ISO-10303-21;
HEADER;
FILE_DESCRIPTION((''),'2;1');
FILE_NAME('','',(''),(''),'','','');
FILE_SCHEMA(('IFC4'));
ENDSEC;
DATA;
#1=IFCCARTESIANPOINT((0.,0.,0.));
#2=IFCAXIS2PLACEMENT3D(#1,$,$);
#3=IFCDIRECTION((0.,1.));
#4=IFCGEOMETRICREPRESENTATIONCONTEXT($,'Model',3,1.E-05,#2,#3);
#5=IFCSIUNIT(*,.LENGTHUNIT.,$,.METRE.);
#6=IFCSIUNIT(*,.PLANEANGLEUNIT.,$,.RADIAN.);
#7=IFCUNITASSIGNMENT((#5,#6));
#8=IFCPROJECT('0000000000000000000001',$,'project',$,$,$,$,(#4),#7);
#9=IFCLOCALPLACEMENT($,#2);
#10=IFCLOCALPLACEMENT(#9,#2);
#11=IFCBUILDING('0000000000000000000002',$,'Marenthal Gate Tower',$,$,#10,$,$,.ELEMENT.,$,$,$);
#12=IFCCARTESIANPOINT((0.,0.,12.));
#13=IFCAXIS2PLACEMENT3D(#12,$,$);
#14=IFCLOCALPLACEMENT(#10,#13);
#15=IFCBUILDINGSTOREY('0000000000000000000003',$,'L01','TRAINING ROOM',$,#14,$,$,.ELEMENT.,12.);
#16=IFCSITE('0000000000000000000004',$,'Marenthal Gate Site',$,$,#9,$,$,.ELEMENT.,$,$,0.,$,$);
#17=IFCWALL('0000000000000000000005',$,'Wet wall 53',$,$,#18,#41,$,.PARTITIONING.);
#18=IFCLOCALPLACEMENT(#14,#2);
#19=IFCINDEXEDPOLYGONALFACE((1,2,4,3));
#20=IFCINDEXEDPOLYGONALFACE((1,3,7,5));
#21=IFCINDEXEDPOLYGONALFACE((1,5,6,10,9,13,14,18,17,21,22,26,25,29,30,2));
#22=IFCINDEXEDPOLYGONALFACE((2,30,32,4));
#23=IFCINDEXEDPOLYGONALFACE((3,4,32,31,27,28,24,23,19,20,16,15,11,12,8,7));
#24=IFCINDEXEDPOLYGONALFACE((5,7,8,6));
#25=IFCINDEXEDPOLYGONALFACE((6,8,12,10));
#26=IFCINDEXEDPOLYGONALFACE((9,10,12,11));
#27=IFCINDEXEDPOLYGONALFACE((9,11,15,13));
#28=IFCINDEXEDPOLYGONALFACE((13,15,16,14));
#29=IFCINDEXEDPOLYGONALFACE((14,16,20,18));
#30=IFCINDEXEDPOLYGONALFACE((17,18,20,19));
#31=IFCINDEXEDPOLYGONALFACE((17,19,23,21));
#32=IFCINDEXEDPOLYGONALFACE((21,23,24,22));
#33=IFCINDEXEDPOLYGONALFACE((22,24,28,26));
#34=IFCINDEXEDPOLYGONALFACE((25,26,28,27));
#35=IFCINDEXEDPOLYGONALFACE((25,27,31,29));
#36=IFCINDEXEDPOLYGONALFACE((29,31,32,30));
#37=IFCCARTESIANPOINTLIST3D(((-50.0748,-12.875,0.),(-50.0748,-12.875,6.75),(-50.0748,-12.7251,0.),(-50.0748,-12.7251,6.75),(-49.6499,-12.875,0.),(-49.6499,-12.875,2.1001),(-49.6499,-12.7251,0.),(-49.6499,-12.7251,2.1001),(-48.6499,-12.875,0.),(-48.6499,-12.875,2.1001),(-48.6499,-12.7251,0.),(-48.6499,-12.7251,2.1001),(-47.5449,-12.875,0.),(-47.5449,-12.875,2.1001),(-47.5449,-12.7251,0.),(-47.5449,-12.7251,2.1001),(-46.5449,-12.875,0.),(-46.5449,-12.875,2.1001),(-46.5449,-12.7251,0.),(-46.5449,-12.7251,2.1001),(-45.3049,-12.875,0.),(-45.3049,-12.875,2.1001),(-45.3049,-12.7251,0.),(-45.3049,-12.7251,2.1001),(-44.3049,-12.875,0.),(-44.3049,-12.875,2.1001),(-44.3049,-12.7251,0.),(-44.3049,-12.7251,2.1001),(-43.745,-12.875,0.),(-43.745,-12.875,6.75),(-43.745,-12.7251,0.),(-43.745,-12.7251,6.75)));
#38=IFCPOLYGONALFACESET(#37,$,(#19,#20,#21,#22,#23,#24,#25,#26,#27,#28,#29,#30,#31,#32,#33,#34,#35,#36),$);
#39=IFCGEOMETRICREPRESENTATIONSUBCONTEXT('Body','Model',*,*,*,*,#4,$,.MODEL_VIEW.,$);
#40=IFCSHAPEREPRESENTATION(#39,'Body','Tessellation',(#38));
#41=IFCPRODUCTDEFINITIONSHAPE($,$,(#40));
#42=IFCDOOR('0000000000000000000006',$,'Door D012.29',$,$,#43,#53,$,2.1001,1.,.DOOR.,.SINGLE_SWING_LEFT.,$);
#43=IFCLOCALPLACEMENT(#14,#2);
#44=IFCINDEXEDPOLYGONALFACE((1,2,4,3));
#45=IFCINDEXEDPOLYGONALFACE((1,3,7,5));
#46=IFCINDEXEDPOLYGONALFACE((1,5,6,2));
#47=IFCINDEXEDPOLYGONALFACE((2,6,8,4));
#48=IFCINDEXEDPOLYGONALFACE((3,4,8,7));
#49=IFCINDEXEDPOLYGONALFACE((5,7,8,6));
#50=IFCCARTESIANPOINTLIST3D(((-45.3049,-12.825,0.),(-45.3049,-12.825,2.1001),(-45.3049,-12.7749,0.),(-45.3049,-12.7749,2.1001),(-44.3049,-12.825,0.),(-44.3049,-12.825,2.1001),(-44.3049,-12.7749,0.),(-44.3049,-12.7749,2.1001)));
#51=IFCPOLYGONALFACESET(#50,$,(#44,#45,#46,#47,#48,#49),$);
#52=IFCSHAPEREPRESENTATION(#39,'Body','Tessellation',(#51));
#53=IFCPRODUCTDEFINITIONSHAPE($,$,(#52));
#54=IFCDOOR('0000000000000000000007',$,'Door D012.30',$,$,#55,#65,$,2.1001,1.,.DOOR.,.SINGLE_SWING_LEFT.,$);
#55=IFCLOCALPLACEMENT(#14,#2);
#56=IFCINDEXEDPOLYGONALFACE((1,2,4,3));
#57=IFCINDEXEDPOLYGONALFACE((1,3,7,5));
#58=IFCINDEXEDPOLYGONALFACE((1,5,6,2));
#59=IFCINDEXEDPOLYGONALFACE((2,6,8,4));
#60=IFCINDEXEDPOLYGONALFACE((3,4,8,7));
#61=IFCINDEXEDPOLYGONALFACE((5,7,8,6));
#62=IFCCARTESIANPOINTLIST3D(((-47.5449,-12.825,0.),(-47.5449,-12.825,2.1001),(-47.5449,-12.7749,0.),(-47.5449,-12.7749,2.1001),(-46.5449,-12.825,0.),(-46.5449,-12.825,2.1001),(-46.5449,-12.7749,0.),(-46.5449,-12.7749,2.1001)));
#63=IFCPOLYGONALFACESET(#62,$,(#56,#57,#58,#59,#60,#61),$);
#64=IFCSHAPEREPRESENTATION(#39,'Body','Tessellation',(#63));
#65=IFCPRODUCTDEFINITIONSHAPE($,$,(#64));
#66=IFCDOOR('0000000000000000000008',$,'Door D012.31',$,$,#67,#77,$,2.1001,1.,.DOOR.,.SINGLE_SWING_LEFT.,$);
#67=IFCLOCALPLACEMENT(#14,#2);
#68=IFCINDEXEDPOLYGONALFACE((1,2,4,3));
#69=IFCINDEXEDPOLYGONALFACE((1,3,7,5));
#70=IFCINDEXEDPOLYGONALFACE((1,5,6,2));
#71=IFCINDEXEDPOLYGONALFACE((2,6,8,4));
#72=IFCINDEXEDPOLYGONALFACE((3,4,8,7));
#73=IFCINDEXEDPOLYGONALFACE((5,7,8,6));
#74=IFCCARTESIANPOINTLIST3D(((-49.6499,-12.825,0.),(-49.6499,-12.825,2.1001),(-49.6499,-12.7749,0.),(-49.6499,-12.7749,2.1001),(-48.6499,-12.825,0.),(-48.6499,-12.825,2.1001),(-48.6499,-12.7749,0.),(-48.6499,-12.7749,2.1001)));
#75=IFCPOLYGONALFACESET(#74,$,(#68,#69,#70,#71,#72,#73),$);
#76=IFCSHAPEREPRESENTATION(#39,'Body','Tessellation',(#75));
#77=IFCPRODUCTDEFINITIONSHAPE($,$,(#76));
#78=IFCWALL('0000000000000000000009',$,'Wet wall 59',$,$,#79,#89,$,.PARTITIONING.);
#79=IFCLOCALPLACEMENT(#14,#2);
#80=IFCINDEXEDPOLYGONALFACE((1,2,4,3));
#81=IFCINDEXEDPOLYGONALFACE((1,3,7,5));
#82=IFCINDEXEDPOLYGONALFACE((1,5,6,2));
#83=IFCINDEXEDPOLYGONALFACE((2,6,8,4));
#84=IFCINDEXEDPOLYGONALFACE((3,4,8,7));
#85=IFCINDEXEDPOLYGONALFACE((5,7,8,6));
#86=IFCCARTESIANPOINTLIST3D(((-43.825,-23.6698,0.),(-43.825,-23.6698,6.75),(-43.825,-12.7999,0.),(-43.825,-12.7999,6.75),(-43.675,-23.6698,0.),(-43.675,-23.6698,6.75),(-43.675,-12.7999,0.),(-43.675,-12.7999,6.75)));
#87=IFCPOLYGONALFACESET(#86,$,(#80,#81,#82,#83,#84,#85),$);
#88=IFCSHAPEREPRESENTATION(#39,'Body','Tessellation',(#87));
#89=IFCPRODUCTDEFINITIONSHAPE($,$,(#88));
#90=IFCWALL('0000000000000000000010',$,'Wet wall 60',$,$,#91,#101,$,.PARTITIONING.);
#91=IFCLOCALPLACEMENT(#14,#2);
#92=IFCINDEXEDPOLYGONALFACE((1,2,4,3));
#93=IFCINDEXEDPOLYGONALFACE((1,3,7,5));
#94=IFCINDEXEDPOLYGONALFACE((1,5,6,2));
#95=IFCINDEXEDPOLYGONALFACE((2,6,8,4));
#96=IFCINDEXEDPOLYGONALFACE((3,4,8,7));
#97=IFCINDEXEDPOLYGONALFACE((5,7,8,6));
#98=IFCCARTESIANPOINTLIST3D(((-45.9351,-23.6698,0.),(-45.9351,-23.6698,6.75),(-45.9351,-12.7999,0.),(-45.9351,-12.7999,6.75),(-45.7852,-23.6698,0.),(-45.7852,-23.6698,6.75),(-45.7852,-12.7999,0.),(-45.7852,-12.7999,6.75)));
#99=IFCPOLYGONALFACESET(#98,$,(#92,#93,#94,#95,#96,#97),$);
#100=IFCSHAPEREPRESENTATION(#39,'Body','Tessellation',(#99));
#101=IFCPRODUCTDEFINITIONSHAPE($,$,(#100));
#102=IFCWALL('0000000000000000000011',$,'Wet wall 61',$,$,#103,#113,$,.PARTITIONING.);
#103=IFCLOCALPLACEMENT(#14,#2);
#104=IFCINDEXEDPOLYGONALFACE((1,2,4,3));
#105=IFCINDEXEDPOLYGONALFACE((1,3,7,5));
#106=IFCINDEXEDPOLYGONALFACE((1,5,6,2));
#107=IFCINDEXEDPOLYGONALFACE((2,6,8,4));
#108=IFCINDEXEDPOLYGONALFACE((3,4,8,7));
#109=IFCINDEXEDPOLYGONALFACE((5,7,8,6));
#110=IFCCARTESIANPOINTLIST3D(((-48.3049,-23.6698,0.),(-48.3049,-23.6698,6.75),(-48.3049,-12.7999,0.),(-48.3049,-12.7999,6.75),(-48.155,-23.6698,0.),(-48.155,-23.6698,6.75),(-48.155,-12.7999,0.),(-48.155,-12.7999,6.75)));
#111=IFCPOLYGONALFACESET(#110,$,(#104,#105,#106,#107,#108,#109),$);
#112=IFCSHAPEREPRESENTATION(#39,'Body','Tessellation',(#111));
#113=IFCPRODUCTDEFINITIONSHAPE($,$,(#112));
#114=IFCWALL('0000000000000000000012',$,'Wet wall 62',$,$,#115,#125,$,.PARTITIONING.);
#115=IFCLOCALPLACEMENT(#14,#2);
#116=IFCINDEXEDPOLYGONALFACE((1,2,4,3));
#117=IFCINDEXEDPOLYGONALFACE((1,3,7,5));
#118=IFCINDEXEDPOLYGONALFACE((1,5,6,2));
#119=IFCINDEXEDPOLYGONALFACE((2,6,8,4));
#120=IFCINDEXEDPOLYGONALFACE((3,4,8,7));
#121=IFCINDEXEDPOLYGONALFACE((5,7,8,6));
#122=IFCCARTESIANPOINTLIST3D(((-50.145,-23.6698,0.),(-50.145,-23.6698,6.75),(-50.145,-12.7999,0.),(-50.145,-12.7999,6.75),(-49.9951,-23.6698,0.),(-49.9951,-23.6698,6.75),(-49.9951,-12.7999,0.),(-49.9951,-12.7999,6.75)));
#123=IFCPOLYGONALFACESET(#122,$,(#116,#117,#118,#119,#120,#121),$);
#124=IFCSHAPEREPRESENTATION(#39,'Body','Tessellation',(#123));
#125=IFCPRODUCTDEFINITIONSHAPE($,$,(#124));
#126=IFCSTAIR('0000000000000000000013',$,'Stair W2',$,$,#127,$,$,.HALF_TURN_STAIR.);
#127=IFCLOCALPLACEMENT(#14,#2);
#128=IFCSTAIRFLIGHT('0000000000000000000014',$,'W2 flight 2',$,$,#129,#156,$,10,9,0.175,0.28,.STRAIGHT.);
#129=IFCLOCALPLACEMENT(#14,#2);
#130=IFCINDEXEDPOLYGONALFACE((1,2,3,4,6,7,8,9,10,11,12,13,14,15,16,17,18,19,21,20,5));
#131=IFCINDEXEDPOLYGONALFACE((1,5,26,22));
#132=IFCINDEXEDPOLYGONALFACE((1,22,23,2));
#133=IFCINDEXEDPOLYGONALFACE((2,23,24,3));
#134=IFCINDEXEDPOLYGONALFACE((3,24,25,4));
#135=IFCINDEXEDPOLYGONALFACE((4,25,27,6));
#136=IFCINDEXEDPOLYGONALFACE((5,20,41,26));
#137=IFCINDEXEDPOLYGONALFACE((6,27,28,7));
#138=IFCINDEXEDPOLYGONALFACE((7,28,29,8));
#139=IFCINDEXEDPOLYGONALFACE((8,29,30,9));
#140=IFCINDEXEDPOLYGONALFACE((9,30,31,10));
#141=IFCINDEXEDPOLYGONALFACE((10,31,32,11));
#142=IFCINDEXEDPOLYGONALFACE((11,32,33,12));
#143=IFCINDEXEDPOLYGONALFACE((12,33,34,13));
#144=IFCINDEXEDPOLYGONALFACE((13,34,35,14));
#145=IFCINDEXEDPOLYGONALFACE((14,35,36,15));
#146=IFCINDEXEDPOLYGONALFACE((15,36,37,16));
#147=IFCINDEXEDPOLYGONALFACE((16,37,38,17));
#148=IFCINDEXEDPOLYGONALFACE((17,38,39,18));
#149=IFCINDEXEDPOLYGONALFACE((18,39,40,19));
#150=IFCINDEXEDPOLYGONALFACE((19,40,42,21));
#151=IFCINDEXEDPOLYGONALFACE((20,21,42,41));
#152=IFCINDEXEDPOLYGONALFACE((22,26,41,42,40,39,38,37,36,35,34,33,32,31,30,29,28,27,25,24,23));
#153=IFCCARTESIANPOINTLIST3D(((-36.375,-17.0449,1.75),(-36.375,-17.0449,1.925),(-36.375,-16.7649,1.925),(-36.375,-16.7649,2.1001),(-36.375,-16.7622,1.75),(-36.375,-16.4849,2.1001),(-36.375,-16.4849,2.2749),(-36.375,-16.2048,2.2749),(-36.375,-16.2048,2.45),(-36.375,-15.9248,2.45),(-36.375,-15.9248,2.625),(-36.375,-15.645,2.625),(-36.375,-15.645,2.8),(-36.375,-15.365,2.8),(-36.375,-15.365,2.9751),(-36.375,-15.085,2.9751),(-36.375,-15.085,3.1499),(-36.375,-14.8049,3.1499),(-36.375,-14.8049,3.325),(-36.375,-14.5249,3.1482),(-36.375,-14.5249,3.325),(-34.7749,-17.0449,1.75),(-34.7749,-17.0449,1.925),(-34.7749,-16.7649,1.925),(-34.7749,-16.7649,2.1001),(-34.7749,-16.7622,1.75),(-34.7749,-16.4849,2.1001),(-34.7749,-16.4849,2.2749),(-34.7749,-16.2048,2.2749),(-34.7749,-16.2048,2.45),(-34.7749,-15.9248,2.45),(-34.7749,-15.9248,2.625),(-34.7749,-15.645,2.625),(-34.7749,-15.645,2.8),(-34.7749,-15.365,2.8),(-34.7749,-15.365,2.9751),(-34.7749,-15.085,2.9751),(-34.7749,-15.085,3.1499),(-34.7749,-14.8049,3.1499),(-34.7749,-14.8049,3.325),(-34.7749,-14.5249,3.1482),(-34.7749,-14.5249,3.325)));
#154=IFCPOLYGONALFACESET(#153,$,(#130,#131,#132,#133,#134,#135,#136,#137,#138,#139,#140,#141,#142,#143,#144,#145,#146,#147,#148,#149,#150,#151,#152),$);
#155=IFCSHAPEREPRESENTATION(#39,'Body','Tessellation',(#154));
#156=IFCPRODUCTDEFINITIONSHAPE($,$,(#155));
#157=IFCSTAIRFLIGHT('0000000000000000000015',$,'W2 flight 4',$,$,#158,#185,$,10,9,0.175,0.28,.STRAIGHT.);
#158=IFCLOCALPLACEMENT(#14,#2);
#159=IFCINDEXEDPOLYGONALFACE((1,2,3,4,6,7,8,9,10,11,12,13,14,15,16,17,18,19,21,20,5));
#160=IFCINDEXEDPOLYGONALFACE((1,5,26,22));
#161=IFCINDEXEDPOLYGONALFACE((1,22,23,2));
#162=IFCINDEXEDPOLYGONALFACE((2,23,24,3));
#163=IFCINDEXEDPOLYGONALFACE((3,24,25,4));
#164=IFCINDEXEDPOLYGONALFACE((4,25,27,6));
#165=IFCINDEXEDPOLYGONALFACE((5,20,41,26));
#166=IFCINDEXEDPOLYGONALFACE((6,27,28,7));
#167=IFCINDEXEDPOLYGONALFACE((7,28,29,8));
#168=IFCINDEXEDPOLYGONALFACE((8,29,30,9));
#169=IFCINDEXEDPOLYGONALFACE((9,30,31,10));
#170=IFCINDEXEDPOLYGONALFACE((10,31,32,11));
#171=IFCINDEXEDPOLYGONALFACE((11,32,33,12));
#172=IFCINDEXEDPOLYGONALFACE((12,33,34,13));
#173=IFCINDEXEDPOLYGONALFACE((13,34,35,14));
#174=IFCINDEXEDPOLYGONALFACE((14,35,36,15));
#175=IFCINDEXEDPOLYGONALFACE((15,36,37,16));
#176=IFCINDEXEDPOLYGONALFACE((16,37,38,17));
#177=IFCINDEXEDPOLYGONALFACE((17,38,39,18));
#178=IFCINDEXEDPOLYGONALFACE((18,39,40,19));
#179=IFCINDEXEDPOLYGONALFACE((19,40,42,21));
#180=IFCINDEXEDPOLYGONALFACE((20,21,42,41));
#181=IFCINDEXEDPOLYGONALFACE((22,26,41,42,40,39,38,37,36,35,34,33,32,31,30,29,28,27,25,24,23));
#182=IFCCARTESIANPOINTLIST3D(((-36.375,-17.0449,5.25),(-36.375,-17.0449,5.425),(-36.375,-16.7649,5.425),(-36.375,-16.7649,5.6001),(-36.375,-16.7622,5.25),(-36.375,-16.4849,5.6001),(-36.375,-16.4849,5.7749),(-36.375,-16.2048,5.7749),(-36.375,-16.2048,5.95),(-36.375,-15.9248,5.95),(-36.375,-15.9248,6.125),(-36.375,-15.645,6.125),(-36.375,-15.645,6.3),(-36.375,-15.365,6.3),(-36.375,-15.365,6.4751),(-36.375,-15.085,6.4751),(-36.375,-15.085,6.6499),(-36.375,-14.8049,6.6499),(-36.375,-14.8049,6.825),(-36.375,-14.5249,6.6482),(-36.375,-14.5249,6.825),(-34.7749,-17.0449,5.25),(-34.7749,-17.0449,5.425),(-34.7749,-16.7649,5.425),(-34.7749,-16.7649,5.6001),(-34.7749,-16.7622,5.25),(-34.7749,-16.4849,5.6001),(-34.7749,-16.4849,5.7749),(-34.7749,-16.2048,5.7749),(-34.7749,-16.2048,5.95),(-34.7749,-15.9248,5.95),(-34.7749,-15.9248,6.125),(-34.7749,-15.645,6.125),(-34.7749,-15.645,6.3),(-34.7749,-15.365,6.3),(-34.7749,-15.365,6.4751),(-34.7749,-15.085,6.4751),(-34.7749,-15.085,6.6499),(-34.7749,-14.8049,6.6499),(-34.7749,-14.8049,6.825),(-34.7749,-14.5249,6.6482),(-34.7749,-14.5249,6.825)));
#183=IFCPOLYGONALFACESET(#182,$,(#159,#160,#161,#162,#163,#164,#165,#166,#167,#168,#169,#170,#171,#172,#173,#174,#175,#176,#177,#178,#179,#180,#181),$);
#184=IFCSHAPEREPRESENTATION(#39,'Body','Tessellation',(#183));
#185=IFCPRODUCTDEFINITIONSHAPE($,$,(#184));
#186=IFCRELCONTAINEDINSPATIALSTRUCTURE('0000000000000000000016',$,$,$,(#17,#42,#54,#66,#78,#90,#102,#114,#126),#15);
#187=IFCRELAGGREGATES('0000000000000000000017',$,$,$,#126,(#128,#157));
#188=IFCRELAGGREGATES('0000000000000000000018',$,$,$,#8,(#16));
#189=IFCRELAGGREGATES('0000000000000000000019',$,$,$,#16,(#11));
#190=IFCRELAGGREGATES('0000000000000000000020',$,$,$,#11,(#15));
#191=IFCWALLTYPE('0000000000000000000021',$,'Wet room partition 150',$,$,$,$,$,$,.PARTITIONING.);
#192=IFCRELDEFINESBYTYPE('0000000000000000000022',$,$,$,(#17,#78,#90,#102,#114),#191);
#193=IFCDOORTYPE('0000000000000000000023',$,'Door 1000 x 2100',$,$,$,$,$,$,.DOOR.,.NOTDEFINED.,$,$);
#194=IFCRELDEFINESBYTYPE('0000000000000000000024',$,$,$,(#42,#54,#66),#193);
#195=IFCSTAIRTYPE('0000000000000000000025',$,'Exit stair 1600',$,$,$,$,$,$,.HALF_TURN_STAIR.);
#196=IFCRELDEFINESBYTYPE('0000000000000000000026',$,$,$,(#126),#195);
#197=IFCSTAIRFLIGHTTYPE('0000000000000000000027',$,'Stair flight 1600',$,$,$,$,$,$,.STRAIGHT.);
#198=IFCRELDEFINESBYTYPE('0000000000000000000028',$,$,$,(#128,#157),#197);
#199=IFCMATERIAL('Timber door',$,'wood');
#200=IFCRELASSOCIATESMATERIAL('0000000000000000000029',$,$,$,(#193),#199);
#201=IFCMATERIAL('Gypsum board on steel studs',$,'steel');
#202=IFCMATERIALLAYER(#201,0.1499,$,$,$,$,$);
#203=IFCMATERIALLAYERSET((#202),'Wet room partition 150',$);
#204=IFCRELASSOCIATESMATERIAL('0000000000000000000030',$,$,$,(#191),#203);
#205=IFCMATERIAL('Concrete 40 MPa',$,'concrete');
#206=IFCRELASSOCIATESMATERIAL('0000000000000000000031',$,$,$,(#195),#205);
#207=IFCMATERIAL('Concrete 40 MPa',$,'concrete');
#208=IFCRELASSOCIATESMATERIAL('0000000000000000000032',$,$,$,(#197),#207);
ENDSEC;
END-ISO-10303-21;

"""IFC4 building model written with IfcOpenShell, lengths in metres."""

from ifc_helpers import new_model, si_unit, direction, frame, frame_2d, origin, place, context, subcontext, project, spatial, polyline, rectangle, outline, extrude, material, layer, layer_set, type_object, element, fill, aggregate, save


model = new_model("IFC4")

# Units and contexts
model_context = context("Model", 3, precision=1e-05, world=origin(), true_north=direction((0.0, 1.0)))
body_context = subcontext(model_context, "Body", "Model", "MODEL_VIEW")
ifc_project = project(units=[si_unit("LENGTHUNIT", "METRE"), si_unit("PLANEANGLEUNIT", "RADIAN")], contexts=[model_context])

# Site, building, storey
site_placement = place(None, origin())
site = spatial("IfcSite", under=ifc_project, at=site_placement, Name="Marenthal Gate Site", CompositionType="ELEMENT", RefElevation=0.0)
building_placement = place(site_placement, origin())
building = spatial("IfcBuilding", under=site, at=building_placement, Name="Marenthal Gate Tower", CompositionType="ELEMENT")
storey_placement = place(building_placement, frame((0.0, 0.0, 12.0)))
storey = spatial("IfcBuildingStorey", under=building, at=storey_placement, Name="L01", Description="TRAINING ROOM", CompositionType="ELEMENT", Elevation=12.0)

# Shared definitions
ifc_material_1 = material(Name="Timber door", Category="wood")
door_type_1 = type_object("IfcDoorType", Name="Door 1000 x 2100", OperationType="NOTDEFINED", PredefinedType="DOOR", material=ifc_material_1)

# Wall, openings, doors
ifc_material_2 = material(Name="Gypsum board on steel studs", Category="steel")
ifc_layer_1 = layer(ifc_material_2, 0.1499)
ifc_layer_set_1 = layer_set([ifc_layer_1], Name="Wet room partition 150")
wall_type_1 = type_object("IfcWallType", Name="Wet room partition 150", PredefinedType="PARTITIONING", material=ifc_layer_set_1)
wall_1_placement = place(storey_placement, frame((-50.075, -12.8, 0.0), z_axis=(0.0, 0.0, 1.0), x_axis=(1.0, 0.0, 0.0)))
wall_1 = element("IfcWall", 1, at=wall_1_placement, inside=storey, type_object=wall_type_1, Name="Wet wall 53", PredefinedType="PARTITIONING", context=body_context, shape_type="SweptSolid", body=[
    extrude(rectangle(XDim=6.3298, YDim=0.1499, at=frame_2d((3.165, 0.0))), origin(), (0.0, 0.0, 1.0), 6.75),
])
opening_1_placement = place(wall_1_placement, frame((4.77, 0.0, 0.0)))
opening_1 = element("IfcOpeningElement", 2, at=opening_1_placement, cuts=wall_1, PredefinedType="OPENING", context=body_context, shape_type="SweptSolid", body=[
    extrude(rectangle(XDim=1.0, YDim=2.1001, at=frame_2d((0.5, 1.05))), frame((0.0, 0.085, 0.0), z_axis=(0.0, -1.0, 0.0), x_axis=(1.0, 0.0, 0.0)), (0.0, 0.0, 1.0), 0.1699),
])
opening_2_placement = place(wall_1_placement, frame((2.53, 0.0, 0.0)))
opening_2 = element("IfcOpeningElement", 3, at=opening_2_placement, cuts=wall_1, PredefinedType="OPENING", context=body_context, shape_type="SweptSolid", body=[
    extrude(rectangle(XDim=1.0, YDim=2.1001, at=frame_2d((0.5, 1.05))), frame((0.0, 0.085, 0.0), z_axis=(0.0, -1.0, 0.0), x_axis=(1.0, 0.0, 0.0)), (0.0, 0.0, 1.0), 0.1699),
])
opening_3_placement = place(wall_1_placement, frame((0.425, 0.0, 0.0)))
opening_3 = element("IfcOpeningElement", 4, at=opening_3_placement, cuts=wall_1, PredefinedType="OPENING", context=body_context, shape_type="SweptSolid", body=[
    extrude(rectangle(XDim=1.0, YDim=2.1001, at=frame_2d((0.5, 1.05))), frame((0.0, 0.085, 0.0), z_axis=(0.0, -1.0, 0.0), x_axis=(1.0, 0.0, 0.0)), (0.0, 0.0, 1.0), 0.1699),
])
door_1_placement = place(opening_1_placement, frame((1.0, 0.0, 0.0), z_axis=(0.0, 0.0, 1.0), x_axis=(-1.0, 0.0, 0.0)))
door_1 = element("IfcDoor", 5, at=door_1_placement, inside=storey, type_object=door_type_1, Name="Door D012.29", OperationType="SINGLE_SWING_LEFT", OverallHeight=2.1001, OverallWidth=1.0, PredefinedType="DOOR", context=body_context, shape_type="SweptSolid", body=[
    extrude(rectangle(XDim=1.0, YDim=2.1001, at=frame_2d((0.5, 1.05))), frame((0.0, 0.0249, 0.0), z_axis=(0.0, -1.0, 0.0), x_axis=(1.0, 0.0, 0.0)), (0.0, 0.0, 1.0), 0.05),
])
fill(opening_1, door_1)
door_2_placement = place(opening_2_placement, frame((1.0, 0.0, 0.0), z_axis=(0.0, 0.0, 1.0), x_axis=(-1.0, 0.0, 0.0)))
door_2 = element("IfcDoor", 6, at=door_2_placement, inside=storey, type_object=door_type_1, Name="Door D012.30", OperationType="SINGLE_SWING_LEFT", OverallHeight=2.1001, OverallWidth=1.0, PredefinedType="DOOR", context=body_context, shape_type="SweptSolid", body=[
    extrude(rectangle(XDim=1.0, YDim=2.1001, at=frame_2d((0.5, 1.05))), frame((0.0, 0.0249, 0.0), z_axis=(0.0, -1.0, 0.0), x_axis=(1.0, 0.0, 0.0)), (0.0, 0.0, 1.0), 0.05),
])
fill(opening_2, door_2)
door_3_placement = place(opening_3_placement, frame((1.0, 0.0, 0.0), z_axis=(0.0, 0.0, 1.0), x_axis=(-1.0, 0.0, 0.0)))
door_3 = element("IfcDoor", 7, at=door_3_placement, inside=storey, type_object=door_type_1, Name="Door D012.31", OperationType="SINGLE_SWING_LEFT", OverallHeight=2.1001, OverallWidth=1.0, PredefinedType="DOOR", context=body_context, shape_type="SweptSolid", body=[
    extrude(rectangle(XDim=1.0, YDim=2.1001, at=frame_2d((0.5, 1.05))), frame((0.0, 0.0249, 0.0), z_axis=(0.0, -1.0, 0.0), x_axis=(1.0, 0.0, 0.0)), (0.0, 0.0, 1.0), 0.05),
])
fill(opening_3, door_3)

# Walls
for number, where, z_axis, x_axis, name in (
    (8, (-43.75, -23.6699, 0.0), (0.0, 0.0, 1.0), (0.0, 1.0, 0.0), "Wet wall 59"),
    (9, (-45.8601, -23.6699, 0.0), (0.0, 0.0, 1.0), (0.0, 1.0, 0.0), "Wet wall 60"),
    (10, (-48.23, -23.6699, 0.0), (0.0, 0.0, 1.0), (0.0, 1.0, 0.0), "Wet wall 61"),
    (11, (-50.0701, -23.6699, 0.0), (0.0, 0.0, 1.0), (0.0, 1.0, 0.0), "Wet wall 62"),
):
    element("IfcWall", number, at=place(storey_placement, frame(where, z_axis=z_axis, x_axis=x_axis)), inside=storey, type_object=wall_type_1, Name=name, PredefinedType="PARTITIONING", context=body_context, shape_type="SweptSolid", body=[
        extrude(rectangle(XDim=10.8699, YDim=0.1499, at=frame_2d((5.4351, 0.0))), origin(), (0.0, 0.0, 1.0), 6.75),
    ])

# Stair, stair flights
ifc_material_3 = material(Name="Concrete 40 MPa", Category="concrete")
stair_type = type_object("IfcStairType", Name="Exit stair 1600", PredefinedType="HALF_TURN_STAIR", material=ifc_material_3)
stair_placement = place(storey_placement, origin())
stair = element("IfcStair", 12, at=stair_placement, inside=storey, type_object=stair_type, Name="Stair W2", PredefinedType="HALF_TURN_STAIR")
ifc_material_4 = material(Name="Concrete 40 MPa", Category="concrete")
stair_flight_type = type_object("IfcStairFlightType", Name="Stair flight 1600", PredefinedType="STRAIGHT", material=ifc_material_4)
stair_flight_1_placement = place(storey_placement, frame((-35.575, -17.0449, 1.75), z_axis=(0.0, 0.0, 1.0), x_axis=(0.0, 1.0, 0.0)))
stair_flight_1 = element("IfcStairFlight", 13, at=stair_flight_1_placement, type_object=stair_flight_type, Name="W2 flight 2", NumberOfRisers=10, NumberOfTreads=9, PredefinedType="STRAIGHT", RiserHeight=0.175, TreadLength=0.28, context=body_context, shape_type="SweptSolid", body=[
    extrude(outline(polyline([(0.0, 0.0), (0.0, 0.175), (0.28, 0.175), (0.28, 0.3501), (0.5601, 0.3501), (0.5601, 0.5249), (0.8401, 0.5249), (0.8401, 0.7), (1.1201, 0.7), (1.1201, 0.875), (1.3999, 0.875), (1.3999, 1.05), (1.6799, 1.05), (1.6799, 1.2251), (1.96, 1.2251), (1.96, 1.3999), (2.24, 1.3999), (2.24, 1.575), (2.52, 1.575), (2.52, 1.75), (2.52, 1.3982), (0.2827, 0.0), (0.0, 0.0)])), frame((0.0, 0.8, 0.0), z_axis=(0.0, -1.0, 0.0), x_axis=(1.0, 0.0, 0.0)), (0.0, 0.0, 1.0), 1.6001),
])
stair_flight_2_placement = place(storey_placement, frame((-35.575, -17.0449, 5.25), z_axis=(0.0, 0.0, 1.0), x_axis=(0.0, 1.0, 0.0)))
stair_flight_2 = element("IfcStairFlight", 14, at=stair_flight_2_placement, type_object=stair_flight_type, Name="W2 flight 4", NumberOfRisers=10, NumberOfTreads=9, PredefinedType="STRAIGHT", RiserHeight=0.175, TreadLength=0.28, context=body_context, shape_type="SweptSolid", body=[
    extrude(outline(polyline([(0.0, 0.0), (0.0, 0.175), (0.28, 0.175), (0.28, 0.3501), (0.5601, 0.3501), (0.5601, 0.5249), (0.8401, 0.5249), (0.8401, 0.7), (1.1201, 0.7), (1.1201, 0.875), (1.3999, 0.875), (1.3999, 1.05), (1.6799, 1.05), (1.6799, 1.2251), (1.96, 1.2251), (1.96, 1.3999), (2.24, 1.3999), (2.24, 1.575), (2.52, 1.575), (2.52, 1.75), (2.52, 1.3982), (0.2827, 0.0), (0.0, 0.0)])), frame((0.0, 0.8, 0.0), z_axis=(0.0, -1.0, 0.0), x_axis=(1.0, 0.0, 0.0)), (0.0, 0.0, 1.0), 1.6001),
])
aggregate(stair, [stair_flight_1, stair_flight_2])

save(model, "model.ifc")
